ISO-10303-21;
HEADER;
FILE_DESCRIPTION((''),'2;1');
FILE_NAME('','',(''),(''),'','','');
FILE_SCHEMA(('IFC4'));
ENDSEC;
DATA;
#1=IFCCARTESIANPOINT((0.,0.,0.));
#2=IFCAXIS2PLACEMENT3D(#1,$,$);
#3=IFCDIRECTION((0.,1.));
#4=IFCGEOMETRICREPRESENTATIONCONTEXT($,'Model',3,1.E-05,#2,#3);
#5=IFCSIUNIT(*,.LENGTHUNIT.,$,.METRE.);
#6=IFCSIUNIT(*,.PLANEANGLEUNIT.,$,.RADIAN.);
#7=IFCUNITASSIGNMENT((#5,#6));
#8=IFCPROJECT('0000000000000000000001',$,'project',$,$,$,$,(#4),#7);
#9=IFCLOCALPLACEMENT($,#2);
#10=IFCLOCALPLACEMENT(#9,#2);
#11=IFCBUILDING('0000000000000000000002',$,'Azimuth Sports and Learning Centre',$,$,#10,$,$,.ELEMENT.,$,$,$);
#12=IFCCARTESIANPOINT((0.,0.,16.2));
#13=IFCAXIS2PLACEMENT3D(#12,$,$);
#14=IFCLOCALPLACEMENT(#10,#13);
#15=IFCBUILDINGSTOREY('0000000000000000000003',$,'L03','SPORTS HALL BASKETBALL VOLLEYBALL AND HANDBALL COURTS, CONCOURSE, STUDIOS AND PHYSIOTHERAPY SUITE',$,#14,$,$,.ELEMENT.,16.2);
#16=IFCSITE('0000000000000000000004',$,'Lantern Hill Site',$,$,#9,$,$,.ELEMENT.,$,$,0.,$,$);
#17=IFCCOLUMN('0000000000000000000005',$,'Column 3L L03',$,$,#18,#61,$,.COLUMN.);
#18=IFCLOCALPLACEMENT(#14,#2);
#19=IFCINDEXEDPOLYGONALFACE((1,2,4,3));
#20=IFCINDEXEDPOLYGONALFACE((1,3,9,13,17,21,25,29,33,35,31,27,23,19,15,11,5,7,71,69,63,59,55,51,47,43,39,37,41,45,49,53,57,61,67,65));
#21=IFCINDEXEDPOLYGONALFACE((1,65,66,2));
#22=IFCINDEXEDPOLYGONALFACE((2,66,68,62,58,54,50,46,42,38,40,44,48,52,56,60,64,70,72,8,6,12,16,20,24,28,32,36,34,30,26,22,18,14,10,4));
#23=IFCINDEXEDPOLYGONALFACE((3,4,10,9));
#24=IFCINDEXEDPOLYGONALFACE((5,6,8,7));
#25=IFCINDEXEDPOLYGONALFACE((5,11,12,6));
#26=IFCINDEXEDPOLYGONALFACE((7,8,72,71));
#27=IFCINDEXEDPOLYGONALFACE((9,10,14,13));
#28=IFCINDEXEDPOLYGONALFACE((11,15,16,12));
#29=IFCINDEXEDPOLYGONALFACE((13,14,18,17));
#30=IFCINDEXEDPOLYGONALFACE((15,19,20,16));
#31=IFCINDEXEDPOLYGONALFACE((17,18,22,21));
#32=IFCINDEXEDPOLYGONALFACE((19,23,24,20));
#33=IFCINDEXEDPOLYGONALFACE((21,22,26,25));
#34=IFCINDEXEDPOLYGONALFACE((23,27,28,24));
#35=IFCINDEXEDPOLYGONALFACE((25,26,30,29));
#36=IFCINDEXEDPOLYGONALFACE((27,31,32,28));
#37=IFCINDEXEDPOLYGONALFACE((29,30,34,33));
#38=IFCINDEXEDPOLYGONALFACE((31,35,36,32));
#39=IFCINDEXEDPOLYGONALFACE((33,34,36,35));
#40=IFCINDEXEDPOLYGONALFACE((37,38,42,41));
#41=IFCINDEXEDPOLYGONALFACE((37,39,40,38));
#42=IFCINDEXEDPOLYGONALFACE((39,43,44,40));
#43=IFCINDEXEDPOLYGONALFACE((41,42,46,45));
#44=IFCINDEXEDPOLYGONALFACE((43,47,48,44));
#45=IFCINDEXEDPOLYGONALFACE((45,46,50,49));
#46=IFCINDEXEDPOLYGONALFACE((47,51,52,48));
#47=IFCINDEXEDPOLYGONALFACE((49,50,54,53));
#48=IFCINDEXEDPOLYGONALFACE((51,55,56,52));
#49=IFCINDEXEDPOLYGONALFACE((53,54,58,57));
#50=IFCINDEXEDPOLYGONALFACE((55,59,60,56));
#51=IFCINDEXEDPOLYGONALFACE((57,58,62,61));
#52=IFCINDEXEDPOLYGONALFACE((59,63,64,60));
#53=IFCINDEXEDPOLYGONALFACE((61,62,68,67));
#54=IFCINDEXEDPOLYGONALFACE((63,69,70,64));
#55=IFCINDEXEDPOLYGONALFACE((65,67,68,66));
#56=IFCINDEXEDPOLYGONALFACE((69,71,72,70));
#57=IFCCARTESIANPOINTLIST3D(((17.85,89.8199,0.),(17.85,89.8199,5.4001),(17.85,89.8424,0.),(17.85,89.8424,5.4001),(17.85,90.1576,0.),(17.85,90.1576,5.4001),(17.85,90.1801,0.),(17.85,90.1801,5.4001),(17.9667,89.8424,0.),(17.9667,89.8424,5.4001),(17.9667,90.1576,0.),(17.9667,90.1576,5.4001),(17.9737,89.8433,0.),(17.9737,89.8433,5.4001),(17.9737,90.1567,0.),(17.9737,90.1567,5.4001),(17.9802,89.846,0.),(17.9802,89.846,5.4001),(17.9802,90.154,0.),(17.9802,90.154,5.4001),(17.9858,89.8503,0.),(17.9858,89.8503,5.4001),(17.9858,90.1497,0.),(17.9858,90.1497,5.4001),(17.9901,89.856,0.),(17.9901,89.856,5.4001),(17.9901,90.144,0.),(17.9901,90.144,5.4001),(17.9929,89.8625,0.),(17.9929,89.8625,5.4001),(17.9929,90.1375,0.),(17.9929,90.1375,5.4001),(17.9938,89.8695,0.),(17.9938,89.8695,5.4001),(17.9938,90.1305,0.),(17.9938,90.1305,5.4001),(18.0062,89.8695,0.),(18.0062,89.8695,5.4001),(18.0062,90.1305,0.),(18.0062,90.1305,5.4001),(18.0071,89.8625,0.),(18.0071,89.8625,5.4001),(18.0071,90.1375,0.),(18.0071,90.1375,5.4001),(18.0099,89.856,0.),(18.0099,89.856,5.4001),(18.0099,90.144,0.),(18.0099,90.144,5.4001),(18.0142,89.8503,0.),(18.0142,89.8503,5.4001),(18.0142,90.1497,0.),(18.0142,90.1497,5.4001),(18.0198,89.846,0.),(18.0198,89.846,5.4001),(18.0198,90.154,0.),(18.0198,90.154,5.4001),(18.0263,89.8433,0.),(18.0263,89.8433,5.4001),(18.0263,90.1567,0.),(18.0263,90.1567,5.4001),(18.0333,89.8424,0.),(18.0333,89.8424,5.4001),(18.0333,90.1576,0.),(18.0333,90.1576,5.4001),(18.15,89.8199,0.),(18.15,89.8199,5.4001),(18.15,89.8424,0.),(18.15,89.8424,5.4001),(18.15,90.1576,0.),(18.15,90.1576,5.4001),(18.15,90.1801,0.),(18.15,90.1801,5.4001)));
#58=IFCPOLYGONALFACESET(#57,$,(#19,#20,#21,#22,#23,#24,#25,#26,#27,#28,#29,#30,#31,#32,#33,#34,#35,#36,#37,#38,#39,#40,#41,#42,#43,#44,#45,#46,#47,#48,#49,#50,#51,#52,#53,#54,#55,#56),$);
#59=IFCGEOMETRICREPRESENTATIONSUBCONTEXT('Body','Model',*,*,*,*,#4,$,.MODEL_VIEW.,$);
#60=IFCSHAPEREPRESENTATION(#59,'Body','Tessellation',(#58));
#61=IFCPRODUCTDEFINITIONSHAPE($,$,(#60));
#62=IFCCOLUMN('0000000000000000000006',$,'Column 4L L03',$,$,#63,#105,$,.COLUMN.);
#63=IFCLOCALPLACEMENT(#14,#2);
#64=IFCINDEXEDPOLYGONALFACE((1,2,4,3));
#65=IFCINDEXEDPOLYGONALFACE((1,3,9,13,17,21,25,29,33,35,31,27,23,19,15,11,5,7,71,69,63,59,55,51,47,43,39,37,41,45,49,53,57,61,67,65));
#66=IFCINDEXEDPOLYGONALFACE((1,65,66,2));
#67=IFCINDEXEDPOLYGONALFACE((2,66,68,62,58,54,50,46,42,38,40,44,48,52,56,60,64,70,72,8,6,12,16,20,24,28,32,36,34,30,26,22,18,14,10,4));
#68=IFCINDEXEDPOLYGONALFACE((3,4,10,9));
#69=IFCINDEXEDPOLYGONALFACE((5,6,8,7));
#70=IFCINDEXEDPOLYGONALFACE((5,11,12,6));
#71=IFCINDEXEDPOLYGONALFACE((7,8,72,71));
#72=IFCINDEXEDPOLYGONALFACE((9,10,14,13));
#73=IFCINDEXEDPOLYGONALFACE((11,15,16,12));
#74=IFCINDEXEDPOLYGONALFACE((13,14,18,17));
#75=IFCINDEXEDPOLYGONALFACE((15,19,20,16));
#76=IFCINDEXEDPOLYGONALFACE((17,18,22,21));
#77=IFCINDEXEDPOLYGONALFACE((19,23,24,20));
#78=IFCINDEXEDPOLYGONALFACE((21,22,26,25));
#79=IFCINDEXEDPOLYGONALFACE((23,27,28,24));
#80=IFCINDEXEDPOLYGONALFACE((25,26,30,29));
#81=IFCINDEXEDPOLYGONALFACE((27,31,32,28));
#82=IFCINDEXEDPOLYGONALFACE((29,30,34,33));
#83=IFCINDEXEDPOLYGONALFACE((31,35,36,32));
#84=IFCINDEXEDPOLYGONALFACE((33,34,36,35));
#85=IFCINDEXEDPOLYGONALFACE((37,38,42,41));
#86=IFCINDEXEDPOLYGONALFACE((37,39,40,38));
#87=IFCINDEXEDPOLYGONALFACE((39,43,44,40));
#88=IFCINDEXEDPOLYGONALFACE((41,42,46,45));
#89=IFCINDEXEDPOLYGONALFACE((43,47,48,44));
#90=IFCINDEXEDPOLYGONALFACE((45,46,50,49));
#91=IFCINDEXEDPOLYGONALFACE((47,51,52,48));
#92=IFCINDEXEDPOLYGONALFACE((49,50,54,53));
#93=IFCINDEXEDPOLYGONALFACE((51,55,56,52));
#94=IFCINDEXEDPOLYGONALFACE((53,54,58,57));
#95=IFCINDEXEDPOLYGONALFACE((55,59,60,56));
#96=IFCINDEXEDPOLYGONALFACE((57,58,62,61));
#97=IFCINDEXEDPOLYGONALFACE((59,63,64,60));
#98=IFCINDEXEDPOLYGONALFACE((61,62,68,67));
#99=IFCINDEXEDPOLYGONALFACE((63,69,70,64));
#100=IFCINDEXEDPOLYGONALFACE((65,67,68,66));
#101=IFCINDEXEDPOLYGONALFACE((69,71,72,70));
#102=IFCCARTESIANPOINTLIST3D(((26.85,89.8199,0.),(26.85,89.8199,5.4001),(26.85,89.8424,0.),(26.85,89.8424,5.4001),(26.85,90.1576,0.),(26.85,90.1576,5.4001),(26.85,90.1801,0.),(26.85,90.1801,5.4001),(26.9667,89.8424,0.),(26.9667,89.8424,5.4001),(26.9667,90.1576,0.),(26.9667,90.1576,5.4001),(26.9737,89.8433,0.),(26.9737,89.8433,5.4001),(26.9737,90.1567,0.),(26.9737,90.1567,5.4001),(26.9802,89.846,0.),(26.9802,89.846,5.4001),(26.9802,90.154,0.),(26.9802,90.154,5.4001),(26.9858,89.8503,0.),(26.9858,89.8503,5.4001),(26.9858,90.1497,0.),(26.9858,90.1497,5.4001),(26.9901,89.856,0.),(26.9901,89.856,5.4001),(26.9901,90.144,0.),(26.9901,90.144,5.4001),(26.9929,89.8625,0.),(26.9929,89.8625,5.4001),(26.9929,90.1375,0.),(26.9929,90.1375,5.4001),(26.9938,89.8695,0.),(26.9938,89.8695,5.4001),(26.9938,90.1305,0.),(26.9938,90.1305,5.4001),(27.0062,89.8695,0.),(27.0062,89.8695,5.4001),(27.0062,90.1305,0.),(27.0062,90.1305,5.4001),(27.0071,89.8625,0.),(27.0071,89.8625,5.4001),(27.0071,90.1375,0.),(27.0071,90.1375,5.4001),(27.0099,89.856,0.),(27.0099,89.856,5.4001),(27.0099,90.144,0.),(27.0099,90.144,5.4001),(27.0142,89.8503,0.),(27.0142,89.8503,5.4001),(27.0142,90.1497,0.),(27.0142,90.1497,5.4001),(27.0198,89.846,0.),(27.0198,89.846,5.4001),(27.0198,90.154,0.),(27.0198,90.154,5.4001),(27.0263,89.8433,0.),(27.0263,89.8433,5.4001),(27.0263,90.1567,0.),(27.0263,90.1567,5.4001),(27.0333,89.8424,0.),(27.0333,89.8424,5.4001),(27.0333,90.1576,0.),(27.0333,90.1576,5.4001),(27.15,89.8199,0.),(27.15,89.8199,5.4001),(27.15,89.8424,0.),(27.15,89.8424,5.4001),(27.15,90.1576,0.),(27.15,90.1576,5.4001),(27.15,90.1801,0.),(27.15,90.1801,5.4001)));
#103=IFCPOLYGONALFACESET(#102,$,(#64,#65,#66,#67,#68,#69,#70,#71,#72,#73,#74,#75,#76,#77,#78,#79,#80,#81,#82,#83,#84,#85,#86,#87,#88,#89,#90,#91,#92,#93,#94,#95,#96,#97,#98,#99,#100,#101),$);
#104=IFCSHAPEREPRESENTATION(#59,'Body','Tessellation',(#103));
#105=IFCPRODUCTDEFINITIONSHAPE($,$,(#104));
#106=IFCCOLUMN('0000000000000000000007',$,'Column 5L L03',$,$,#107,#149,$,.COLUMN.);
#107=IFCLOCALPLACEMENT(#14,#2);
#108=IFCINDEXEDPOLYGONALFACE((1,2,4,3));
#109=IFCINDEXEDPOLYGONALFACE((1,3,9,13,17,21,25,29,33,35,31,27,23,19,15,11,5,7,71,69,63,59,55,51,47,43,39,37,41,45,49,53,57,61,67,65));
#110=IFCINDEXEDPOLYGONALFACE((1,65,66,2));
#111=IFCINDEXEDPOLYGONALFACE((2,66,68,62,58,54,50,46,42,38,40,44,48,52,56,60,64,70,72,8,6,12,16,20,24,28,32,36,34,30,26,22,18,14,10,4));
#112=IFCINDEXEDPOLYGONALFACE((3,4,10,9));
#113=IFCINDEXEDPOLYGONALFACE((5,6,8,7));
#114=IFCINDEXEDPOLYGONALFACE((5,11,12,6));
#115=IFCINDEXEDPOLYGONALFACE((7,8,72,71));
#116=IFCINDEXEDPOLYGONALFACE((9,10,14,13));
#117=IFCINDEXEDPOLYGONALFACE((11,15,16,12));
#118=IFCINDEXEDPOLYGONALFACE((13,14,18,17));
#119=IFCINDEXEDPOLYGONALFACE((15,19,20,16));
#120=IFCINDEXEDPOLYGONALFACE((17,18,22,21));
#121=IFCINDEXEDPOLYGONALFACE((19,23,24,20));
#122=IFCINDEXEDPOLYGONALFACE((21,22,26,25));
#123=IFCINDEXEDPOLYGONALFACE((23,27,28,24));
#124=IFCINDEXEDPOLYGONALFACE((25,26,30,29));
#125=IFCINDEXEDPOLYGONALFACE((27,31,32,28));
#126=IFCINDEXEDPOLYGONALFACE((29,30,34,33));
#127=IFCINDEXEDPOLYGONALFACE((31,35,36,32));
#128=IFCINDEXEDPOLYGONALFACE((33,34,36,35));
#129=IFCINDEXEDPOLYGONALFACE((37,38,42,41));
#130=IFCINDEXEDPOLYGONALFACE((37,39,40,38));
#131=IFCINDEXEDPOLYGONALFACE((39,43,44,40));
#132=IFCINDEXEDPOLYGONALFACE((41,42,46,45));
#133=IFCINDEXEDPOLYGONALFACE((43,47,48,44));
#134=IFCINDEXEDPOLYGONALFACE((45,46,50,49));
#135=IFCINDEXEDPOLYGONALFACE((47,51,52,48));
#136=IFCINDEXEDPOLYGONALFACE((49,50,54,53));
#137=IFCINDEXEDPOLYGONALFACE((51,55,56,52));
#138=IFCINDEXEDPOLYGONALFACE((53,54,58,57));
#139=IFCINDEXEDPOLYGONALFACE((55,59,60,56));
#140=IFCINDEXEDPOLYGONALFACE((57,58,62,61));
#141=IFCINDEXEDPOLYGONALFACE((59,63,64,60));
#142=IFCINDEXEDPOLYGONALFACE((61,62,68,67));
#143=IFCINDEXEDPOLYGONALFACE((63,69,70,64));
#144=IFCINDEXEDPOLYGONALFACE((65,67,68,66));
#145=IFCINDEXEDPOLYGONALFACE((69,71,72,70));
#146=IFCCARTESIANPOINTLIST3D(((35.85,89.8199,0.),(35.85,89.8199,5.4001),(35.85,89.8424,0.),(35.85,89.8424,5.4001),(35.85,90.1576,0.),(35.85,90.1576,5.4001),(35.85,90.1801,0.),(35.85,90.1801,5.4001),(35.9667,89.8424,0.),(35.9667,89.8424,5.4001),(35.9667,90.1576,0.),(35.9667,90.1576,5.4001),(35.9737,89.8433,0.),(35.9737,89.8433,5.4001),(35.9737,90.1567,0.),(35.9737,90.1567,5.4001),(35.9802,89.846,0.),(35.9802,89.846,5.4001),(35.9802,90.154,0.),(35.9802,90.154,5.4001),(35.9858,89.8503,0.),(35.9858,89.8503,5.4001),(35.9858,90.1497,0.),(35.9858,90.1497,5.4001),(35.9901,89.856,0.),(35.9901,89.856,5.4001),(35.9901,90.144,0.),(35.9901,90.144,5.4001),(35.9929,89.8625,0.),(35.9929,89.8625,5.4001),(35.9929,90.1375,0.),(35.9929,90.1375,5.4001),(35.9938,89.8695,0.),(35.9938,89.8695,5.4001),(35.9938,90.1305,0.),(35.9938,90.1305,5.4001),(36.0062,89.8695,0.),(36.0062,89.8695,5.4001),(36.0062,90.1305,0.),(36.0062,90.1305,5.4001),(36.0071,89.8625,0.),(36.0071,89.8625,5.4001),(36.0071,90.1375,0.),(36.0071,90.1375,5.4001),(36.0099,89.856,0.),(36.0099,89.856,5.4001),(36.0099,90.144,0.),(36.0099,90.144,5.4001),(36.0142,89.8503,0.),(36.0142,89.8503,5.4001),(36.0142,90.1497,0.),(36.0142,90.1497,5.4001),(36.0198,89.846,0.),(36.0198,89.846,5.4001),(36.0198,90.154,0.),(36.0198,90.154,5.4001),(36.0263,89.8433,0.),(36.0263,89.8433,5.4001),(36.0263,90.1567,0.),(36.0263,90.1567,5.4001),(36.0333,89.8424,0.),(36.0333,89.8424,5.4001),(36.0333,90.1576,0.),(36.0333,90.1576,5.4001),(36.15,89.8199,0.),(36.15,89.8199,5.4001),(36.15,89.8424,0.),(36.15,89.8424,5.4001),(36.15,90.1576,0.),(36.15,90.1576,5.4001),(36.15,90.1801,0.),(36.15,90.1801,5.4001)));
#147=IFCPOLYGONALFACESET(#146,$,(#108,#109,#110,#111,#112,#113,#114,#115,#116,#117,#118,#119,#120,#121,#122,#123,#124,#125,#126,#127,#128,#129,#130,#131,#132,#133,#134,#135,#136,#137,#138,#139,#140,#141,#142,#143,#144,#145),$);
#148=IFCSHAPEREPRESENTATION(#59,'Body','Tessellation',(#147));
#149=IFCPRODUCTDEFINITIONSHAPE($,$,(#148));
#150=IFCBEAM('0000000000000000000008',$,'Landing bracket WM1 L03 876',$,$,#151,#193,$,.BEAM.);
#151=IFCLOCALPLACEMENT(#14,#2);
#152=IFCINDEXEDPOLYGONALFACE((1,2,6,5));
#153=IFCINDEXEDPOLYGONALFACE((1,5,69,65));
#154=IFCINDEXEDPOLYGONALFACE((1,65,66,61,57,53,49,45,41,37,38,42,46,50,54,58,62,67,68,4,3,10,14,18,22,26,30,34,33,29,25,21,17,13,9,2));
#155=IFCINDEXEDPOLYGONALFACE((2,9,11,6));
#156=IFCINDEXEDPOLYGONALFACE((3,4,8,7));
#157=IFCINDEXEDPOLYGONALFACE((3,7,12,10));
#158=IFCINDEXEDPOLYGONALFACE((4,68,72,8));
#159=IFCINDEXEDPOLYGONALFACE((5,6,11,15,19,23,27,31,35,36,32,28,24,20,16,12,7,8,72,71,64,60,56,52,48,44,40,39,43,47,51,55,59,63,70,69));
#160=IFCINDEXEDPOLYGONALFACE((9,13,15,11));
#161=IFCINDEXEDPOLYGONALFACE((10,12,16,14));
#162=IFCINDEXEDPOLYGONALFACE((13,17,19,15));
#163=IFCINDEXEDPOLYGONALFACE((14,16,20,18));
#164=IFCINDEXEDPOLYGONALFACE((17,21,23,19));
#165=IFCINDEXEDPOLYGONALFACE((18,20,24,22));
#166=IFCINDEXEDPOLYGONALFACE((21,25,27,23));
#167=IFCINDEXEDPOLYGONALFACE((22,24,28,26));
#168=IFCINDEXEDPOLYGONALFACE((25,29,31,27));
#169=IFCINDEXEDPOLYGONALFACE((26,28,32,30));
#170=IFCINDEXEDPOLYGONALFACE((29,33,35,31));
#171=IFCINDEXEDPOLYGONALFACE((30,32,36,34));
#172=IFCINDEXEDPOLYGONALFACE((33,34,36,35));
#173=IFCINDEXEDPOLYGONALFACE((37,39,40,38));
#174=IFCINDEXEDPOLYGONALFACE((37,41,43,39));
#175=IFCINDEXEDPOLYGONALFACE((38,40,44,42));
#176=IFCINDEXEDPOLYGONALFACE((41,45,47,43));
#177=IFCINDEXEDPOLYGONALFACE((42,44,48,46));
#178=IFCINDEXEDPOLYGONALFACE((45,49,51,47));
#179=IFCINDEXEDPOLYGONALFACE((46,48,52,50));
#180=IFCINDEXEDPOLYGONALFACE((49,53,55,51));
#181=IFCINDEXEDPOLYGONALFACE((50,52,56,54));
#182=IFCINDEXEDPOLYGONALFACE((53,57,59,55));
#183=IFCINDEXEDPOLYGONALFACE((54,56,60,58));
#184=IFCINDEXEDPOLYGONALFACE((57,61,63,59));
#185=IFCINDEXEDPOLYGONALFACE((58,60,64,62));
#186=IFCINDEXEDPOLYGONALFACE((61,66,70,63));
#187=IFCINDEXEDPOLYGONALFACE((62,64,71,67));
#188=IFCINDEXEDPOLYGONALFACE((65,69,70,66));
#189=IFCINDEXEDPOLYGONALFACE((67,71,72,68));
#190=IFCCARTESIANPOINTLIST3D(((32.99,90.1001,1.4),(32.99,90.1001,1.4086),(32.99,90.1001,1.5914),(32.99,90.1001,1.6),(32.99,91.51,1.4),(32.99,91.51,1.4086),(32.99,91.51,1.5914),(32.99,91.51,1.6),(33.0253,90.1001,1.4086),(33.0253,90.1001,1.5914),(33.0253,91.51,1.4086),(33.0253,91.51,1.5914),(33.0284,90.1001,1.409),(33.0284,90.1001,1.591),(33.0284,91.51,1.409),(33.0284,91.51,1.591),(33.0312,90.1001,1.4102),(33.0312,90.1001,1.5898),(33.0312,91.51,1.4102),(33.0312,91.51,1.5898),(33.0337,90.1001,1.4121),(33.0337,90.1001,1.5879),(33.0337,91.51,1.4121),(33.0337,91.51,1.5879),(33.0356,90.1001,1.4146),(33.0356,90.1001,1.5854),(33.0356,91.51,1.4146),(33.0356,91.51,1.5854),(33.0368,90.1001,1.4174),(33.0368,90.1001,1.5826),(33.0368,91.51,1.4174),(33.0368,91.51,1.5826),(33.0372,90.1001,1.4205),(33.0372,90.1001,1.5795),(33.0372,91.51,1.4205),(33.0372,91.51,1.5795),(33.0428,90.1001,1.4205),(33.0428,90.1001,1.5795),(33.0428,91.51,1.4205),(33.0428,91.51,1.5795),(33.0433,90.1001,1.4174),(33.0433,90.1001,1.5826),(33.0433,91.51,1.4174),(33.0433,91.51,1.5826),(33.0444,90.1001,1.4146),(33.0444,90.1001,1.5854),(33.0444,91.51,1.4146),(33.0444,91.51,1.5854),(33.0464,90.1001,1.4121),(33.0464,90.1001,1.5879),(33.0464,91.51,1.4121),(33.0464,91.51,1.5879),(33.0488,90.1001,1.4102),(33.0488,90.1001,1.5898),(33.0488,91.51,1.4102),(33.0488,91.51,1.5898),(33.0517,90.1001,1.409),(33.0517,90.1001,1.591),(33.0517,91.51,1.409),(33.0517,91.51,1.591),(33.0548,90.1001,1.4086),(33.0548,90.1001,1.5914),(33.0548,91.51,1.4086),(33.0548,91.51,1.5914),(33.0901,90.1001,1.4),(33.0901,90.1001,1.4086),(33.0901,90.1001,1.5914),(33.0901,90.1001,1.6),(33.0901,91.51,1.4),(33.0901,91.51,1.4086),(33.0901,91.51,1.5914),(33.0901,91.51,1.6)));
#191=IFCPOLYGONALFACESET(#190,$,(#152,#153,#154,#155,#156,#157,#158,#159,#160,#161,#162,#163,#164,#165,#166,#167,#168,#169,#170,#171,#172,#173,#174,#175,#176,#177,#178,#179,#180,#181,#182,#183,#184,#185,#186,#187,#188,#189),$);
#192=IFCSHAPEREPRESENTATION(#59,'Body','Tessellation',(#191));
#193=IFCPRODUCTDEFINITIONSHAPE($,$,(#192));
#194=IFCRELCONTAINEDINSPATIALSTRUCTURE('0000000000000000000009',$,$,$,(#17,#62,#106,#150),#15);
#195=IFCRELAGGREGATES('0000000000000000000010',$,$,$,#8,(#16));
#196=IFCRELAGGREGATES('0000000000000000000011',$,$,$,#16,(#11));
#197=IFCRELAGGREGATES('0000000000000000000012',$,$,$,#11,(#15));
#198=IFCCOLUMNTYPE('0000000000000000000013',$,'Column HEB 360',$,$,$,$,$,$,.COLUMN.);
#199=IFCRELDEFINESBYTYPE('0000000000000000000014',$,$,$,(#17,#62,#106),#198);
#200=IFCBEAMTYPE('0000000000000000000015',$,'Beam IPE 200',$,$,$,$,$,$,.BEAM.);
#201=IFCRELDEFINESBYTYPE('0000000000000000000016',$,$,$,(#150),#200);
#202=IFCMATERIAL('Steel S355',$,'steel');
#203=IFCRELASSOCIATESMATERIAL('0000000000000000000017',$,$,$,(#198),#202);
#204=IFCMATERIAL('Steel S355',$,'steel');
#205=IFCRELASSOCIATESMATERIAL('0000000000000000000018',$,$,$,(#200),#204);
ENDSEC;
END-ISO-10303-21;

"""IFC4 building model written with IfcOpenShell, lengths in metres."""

from ifc_helpers import new_model, si_unit, direction, frame, origin, origin_2d, place, context, subcontext, project, spatial, i_section, extrude, material, material_profile, profile_set, type_object, element, save


model = new_model("IFC4")

# Units and contexts
model_context = context("Model", 3, precision=1e-05, world=origin(), true_north=direction((0.0, 1.0)))
body_context = subcontext(model_context, "Body", "Model", "MODEL_VIEW")
ifc_project = project(units=[si_unit("LENGTHUNIT", "METRE"), si_unit("PLANEANGLEUNIT", "RADIAN")], contexts=[model_context])

# Site, building, storey
site_placement = place(None, origin())
site = spatial("IfcSite", under=ifc_project, at=site_placement, Name="Lantern Hill Site", CompositionType="ELEMENT", RefElevation=0.0)
building_placement = place(site_placement, origin())
building = spatial("IfcBuilding", under=site, at=building_placement, Name="Azimuth Sports and Learning Centre", CompositionType="ELEMENT")
storey_placement = place(building_placement, frame((0.0, 0.0, 16.2)))
storey = spatial("IfcBuildingStorey", under=building, at=storey_placement, Name="L03", Description="SPORTS HALL BASKETBALL VOLLEYBALL AND HANDBALL COURTS, CONCOURSE, STUDIOS AND PHYSIOTHERAPY SUITE", CompositionType="ELEMENT", Elevation=16.2)

# Columns
ifc_material_1 = material(Name="Steel S355", Category="steel")
ifc_material_profile_1 = material_profile(ifc_material_1, i_section(OverallWidth=0.3, OverallDepth=0.3601, WebThickness=0.0125, FlangeThickness=0.0225, FilletRadius=0.0271, at=origin_2d()), Name="HEB 360")
ifc_profile_set_1 = profile_set([ifc_material_profile_1], Name="Steel S355")
column_type = type_object("IfcColumnType", Name="Column HEB 360", PredefinedType="COLUMN", material=ifc_profile_set_1)
for number, where, z_axis, x_axis, name in (
    (1, (18.0, 90.0, 0.0), (0.0, 0.0, 1.0), (1.0, 0.0, 0.0), "Column 3L L03"),
    (2, (27.0, 90.0, 0.0), (0.0, 0.0, 1.0), (1.0, 0.0, 0.0), "Column 4L L03"),
    (3, (36.0, 90.0, 0.0), (0.0, 0.0, 1.0), (1.0, 0.0, 0.0), "Column 5L L03"),
):
    element("IfcColumn", number, at=place(storey_placement, frame(where, z_axis=z_axis, x_axis=x_axis)), inside=storey, type_object=column_type, Name=name, PredefinedType="COLUMN", context=body_context, shape_type="SweptSolid", body=[
        extrude(i_section(OverallWidth=0.3, OverallDepth=0.3601, WebThickness=0.0125, FlangeThickness=0.0225, FilletRadius=0.0271, at=origin_2d()), origin(), (0.0, 0.0, 1.0), 5.4001),
    ])

# Beam
ifc_material_2 = material(Name="Steel S355", Category="steel")
ifc_material_profile_2 = material_profile(ifc_material_2, i_section(OverallWidth=0.1001, OverallDepth=0.2, WebThickness=0.0056, FlangeThickness=0.0085, FilletRadius=0.012, at=origin_2d()), Name="IPE 200")
ifc_profile_set_2 = profile_set([ifc_material_profile_2], Name="Steel S355")
beam_type_1 = type_object("IfcBeamType", Name="Beam IPE 200", PredefinedType="BEAM", material=ifc_profile_set_2)
for number, where, z_axis, x_axis, name in (
    (4, (33.04, 90.1001, 1.5), (0.0, 1.0, 0.0), (-1.0, 0.0, 0.0), "Landing bracket WM1 L03 876"),
):
    element("IfcBeam", number, at=place(storey_placement, frame(where, z_axis=z_axis, x_axis=x_axis)), inside=storey, type_object=beam_type_1, Name=name, PredefinedType="BEAM", context=body_context, shape_type="SweptSolid", body=[
        extrude(i_section(OverallWidth=0.1001, OverallDepth=0.2, WebThickness=0.0056, FlangeThickness=0.0085, FilletRadius=0.012, at=origin_2d()), origin(), (0.0, 0.0, 1.0), 1.4099),
    ])

save(model, "model.ifc")
